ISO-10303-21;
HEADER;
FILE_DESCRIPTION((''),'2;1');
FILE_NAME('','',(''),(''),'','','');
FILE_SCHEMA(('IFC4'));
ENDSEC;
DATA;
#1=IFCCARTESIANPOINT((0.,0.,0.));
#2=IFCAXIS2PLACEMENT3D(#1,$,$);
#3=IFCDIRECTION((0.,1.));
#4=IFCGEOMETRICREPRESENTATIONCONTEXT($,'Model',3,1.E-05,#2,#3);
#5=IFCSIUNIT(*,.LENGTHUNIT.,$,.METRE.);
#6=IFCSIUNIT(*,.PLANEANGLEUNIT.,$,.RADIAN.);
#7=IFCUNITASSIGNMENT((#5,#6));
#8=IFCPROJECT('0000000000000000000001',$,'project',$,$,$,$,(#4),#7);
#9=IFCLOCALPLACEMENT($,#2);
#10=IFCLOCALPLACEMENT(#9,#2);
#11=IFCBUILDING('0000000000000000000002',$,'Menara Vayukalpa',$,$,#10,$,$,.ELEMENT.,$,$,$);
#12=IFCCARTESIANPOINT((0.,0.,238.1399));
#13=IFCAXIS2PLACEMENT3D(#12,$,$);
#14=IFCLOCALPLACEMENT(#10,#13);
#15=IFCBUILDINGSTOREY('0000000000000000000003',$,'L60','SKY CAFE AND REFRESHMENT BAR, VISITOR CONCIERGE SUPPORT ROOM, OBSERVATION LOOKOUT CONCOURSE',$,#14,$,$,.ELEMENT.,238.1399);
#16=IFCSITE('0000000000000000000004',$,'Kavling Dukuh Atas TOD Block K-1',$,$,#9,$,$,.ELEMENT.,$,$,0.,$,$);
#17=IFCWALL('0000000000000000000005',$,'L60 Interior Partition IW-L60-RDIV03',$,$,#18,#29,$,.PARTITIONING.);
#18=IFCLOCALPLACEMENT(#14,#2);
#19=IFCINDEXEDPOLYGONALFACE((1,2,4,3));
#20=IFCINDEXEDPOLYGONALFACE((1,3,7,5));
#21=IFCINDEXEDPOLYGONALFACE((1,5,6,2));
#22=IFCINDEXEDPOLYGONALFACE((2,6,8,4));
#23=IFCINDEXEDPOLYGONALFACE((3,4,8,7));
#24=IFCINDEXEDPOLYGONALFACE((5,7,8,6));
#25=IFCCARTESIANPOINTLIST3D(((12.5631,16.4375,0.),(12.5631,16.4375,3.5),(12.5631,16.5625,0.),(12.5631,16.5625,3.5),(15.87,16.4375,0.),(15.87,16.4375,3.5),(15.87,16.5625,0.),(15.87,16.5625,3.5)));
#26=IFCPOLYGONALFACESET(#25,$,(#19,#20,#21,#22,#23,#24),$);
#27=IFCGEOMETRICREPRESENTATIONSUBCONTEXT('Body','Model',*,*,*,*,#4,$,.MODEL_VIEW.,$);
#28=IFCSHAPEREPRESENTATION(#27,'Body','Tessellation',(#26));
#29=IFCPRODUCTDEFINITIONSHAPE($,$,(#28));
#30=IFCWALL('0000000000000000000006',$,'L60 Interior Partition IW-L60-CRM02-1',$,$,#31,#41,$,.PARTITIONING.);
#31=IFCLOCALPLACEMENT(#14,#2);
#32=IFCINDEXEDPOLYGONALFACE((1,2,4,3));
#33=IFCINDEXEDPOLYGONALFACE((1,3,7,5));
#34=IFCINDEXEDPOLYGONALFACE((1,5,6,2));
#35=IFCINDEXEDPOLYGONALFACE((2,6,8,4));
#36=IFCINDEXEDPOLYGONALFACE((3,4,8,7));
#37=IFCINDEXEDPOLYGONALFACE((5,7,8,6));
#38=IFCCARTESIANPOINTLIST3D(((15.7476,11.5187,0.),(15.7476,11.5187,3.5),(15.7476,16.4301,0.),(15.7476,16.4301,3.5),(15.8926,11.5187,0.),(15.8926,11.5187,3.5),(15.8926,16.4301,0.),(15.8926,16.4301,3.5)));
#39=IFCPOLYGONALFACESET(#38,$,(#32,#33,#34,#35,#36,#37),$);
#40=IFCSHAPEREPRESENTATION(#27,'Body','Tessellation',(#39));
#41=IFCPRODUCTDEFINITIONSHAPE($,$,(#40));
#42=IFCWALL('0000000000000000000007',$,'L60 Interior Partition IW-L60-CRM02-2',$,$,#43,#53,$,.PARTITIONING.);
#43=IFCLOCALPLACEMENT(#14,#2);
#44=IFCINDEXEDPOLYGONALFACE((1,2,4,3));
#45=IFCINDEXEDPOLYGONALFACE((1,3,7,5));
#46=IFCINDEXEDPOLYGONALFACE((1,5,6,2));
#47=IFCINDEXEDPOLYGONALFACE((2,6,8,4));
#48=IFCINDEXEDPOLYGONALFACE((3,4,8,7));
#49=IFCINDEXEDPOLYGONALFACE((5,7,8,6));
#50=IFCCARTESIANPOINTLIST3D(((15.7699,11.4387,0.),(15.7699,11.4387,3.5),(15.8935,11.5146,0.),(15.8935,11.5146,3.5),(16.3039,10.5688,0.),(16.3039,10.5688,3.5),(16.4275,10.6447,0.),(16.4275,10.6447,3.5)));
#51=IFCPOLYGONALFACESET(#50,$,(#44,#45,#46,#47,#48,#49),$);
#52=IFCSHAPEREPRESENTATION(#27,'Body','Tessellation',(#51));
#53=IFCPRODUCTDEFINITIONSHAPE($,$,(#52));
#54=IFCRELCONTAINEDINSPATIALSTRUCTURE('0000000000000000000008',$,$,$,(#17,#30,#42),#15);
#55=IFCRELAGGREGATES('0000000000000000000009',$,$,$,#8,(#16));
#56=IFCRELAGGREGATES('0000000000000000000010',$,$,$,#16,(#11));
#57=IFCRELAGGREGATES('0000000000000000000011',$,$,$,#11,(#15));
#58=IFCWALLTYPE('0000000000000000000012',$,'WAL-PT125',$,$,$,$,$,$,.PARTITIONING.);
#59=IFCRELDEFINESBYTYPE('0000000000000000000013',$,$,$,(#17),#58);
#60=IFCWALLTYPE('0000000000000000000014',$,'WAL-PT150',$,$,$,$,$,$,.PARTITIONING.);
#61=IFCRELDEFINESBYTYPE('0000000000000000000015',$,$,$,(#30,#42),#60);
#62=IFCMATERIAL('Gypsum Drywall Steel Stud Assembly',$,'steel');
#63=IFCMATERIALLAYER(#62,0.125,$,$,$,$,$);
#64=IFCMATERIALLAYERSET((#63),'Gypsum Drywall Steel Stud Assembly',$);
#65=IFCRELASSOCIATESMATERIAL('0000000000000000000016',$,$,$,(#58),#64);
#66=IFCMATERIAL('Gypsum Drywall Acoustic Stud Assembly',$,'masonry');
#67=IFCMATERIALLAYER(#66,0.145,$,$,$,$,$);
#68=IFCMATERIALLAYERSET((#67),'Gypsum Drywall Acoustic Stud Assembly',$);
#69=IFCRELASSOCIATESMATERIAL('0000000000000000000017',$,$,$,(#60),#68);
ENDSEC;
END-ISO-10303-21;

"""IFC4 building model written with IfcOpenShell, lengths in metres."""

from ifc_helpers import new_model, si_unit, direction, frame, frame_2d, origin, place, context, subcontext, project, spatial, rectangle, extrude, material, layer, layer_set, type_object, element, save


model = new_model("IFC4")

# Units and contexts
model_context = context("Model", 3, precision=1e-05, world=origin(), true_north=direction((0.0, 1.0)))
body_context = subcontext(model_context, "Body", "Model", "MODEL_VIEW")
ifc_project = project(units=[si_unit("LENGTHUNIT", "METRE"), si_unit("PLANEANGLEUNIT", "RADIAN")], contexts=[model_context])

# Site, building, storey
site_placement = place(None, origin())
site = spatial("IfcSite", under=ifc_project, at=site_placement, Name="Kavling Dukuh Atas TOD Block K-1", CompositionType="ELEMENT", RefElevation=0.0)
building_placement = place(site_placement, origin())
building = spatial("IfcBuilding", under=site, at=building_placement, Name="Menara Vayukalpa", CompositionType="ELEMENT")
storey_placement = place(building_placement, frame((0.0, 0.0, 238.1399)))
storey = spatial("IfcBuildingStorey", under=building, at=storey_placement, Name="L60", Description="SKY CAFE AND REFRESHMENT BAR, VISITOR CONCIERGE SUPPORT ROOM, OBSERVATION LOOKOUT CONCOURSE", CompositionType="ELEMENT", Elevation=238.1399)

# Walls
ifc_material_1 = material(Name="Gypsum Drywall Steel Stud Assembly", Category="steel")
ifc_layer_1 = layer(ifc_material_1, 0.125)
ifc_layer_set_1 = layer_set([ifc_layer_1], Name="Gypsum Drywall Steel Stud Assembly")
wall_type_1 = type_object("IfcWallType", Name="WAL-PT125", PredefinedType="PARTITIONING", material=ifc_layer_set_1)
wall_1_placement = place(storey_placement, frame((12.5632, 16.5, 0.0), z_axis=(0.0, 0.0, 1.0), x_axis=(1.0, 0.0, 0.0)))
element("IfcWall", 1, at=wall_1_placement, inside=storey, type_object=wall_type_1, Name="L60 Interior Partition IW-L60-RDIV03", PredefinedType="PARTITIONING", context=body_context, shape_type="SweptSolid", body=[
    extrude(rectangle(XDim=3.3069, YDim=0.125, at=frame_2d((1.6533, 0.0))), origin(), (0.0, 0.0, 1.0), 3.5),
])
ifc_material_2 = material(Name="Gypsum Drywall Acoustic Stud Assembly", Category="masonry")
ifc_layer_2 = layer(ifc_material_2, 0.145)
ifc_layer_set_2 = layer_set([ifc_layer_2], Name="Gypsum Drywall Acoustic Stud Assembly")
wall_type_2 = type_object("IfcWallType", Name="WAL-PT150", PredefinedType="PARTITIONING", material=ifc_layer_set_2)
wall_2_placement = place(storey_placement, frame((15.8201, 16.4299, 0.0), z_axis=(0.0, 0.0, 1.0), x_axis=(0.0, -1.0, 0.0)))
element("IfcWall", 2, at=wall_2_placement, inside=storey, type_object=wall_type_2, Name="L60 Interior Partition IW-L60-CRM02-1", PredefinedType="PARTITIONING", context=body_context, shape_type="SweptSolid", body=[
    extrude(rectangle(XDim=4.9114, YDim=0.145, at=frame_2d((2.4556, 0.0))), origin(), (0.0, 0.0, 1.0), 3.5),
])
wall_3_placement = place(storey_placement, frame((15.8318, 11.4766, 0.0), z_axis=(0.0, 0.0, 1.0), x_axis=(0.523123, -0.852257, 0.0)))
element("IfcWall", 3, at=wall_3_placement, inside=storey, type_object=wall_type_2, Name="L60 Interior Partition IW-L60-CRM02-2", PredefinedType="PARTITIONING", context=body_context, shape_type="SweptSolid", body=[
    extrude(rectangle(XDim=1.0208, YDim=0.145, at=frame_2d((0.5103, 0.0))), origin(), (0.0, 0.0, 1.0), 3.5),
])

save(model, "model.ifc")
